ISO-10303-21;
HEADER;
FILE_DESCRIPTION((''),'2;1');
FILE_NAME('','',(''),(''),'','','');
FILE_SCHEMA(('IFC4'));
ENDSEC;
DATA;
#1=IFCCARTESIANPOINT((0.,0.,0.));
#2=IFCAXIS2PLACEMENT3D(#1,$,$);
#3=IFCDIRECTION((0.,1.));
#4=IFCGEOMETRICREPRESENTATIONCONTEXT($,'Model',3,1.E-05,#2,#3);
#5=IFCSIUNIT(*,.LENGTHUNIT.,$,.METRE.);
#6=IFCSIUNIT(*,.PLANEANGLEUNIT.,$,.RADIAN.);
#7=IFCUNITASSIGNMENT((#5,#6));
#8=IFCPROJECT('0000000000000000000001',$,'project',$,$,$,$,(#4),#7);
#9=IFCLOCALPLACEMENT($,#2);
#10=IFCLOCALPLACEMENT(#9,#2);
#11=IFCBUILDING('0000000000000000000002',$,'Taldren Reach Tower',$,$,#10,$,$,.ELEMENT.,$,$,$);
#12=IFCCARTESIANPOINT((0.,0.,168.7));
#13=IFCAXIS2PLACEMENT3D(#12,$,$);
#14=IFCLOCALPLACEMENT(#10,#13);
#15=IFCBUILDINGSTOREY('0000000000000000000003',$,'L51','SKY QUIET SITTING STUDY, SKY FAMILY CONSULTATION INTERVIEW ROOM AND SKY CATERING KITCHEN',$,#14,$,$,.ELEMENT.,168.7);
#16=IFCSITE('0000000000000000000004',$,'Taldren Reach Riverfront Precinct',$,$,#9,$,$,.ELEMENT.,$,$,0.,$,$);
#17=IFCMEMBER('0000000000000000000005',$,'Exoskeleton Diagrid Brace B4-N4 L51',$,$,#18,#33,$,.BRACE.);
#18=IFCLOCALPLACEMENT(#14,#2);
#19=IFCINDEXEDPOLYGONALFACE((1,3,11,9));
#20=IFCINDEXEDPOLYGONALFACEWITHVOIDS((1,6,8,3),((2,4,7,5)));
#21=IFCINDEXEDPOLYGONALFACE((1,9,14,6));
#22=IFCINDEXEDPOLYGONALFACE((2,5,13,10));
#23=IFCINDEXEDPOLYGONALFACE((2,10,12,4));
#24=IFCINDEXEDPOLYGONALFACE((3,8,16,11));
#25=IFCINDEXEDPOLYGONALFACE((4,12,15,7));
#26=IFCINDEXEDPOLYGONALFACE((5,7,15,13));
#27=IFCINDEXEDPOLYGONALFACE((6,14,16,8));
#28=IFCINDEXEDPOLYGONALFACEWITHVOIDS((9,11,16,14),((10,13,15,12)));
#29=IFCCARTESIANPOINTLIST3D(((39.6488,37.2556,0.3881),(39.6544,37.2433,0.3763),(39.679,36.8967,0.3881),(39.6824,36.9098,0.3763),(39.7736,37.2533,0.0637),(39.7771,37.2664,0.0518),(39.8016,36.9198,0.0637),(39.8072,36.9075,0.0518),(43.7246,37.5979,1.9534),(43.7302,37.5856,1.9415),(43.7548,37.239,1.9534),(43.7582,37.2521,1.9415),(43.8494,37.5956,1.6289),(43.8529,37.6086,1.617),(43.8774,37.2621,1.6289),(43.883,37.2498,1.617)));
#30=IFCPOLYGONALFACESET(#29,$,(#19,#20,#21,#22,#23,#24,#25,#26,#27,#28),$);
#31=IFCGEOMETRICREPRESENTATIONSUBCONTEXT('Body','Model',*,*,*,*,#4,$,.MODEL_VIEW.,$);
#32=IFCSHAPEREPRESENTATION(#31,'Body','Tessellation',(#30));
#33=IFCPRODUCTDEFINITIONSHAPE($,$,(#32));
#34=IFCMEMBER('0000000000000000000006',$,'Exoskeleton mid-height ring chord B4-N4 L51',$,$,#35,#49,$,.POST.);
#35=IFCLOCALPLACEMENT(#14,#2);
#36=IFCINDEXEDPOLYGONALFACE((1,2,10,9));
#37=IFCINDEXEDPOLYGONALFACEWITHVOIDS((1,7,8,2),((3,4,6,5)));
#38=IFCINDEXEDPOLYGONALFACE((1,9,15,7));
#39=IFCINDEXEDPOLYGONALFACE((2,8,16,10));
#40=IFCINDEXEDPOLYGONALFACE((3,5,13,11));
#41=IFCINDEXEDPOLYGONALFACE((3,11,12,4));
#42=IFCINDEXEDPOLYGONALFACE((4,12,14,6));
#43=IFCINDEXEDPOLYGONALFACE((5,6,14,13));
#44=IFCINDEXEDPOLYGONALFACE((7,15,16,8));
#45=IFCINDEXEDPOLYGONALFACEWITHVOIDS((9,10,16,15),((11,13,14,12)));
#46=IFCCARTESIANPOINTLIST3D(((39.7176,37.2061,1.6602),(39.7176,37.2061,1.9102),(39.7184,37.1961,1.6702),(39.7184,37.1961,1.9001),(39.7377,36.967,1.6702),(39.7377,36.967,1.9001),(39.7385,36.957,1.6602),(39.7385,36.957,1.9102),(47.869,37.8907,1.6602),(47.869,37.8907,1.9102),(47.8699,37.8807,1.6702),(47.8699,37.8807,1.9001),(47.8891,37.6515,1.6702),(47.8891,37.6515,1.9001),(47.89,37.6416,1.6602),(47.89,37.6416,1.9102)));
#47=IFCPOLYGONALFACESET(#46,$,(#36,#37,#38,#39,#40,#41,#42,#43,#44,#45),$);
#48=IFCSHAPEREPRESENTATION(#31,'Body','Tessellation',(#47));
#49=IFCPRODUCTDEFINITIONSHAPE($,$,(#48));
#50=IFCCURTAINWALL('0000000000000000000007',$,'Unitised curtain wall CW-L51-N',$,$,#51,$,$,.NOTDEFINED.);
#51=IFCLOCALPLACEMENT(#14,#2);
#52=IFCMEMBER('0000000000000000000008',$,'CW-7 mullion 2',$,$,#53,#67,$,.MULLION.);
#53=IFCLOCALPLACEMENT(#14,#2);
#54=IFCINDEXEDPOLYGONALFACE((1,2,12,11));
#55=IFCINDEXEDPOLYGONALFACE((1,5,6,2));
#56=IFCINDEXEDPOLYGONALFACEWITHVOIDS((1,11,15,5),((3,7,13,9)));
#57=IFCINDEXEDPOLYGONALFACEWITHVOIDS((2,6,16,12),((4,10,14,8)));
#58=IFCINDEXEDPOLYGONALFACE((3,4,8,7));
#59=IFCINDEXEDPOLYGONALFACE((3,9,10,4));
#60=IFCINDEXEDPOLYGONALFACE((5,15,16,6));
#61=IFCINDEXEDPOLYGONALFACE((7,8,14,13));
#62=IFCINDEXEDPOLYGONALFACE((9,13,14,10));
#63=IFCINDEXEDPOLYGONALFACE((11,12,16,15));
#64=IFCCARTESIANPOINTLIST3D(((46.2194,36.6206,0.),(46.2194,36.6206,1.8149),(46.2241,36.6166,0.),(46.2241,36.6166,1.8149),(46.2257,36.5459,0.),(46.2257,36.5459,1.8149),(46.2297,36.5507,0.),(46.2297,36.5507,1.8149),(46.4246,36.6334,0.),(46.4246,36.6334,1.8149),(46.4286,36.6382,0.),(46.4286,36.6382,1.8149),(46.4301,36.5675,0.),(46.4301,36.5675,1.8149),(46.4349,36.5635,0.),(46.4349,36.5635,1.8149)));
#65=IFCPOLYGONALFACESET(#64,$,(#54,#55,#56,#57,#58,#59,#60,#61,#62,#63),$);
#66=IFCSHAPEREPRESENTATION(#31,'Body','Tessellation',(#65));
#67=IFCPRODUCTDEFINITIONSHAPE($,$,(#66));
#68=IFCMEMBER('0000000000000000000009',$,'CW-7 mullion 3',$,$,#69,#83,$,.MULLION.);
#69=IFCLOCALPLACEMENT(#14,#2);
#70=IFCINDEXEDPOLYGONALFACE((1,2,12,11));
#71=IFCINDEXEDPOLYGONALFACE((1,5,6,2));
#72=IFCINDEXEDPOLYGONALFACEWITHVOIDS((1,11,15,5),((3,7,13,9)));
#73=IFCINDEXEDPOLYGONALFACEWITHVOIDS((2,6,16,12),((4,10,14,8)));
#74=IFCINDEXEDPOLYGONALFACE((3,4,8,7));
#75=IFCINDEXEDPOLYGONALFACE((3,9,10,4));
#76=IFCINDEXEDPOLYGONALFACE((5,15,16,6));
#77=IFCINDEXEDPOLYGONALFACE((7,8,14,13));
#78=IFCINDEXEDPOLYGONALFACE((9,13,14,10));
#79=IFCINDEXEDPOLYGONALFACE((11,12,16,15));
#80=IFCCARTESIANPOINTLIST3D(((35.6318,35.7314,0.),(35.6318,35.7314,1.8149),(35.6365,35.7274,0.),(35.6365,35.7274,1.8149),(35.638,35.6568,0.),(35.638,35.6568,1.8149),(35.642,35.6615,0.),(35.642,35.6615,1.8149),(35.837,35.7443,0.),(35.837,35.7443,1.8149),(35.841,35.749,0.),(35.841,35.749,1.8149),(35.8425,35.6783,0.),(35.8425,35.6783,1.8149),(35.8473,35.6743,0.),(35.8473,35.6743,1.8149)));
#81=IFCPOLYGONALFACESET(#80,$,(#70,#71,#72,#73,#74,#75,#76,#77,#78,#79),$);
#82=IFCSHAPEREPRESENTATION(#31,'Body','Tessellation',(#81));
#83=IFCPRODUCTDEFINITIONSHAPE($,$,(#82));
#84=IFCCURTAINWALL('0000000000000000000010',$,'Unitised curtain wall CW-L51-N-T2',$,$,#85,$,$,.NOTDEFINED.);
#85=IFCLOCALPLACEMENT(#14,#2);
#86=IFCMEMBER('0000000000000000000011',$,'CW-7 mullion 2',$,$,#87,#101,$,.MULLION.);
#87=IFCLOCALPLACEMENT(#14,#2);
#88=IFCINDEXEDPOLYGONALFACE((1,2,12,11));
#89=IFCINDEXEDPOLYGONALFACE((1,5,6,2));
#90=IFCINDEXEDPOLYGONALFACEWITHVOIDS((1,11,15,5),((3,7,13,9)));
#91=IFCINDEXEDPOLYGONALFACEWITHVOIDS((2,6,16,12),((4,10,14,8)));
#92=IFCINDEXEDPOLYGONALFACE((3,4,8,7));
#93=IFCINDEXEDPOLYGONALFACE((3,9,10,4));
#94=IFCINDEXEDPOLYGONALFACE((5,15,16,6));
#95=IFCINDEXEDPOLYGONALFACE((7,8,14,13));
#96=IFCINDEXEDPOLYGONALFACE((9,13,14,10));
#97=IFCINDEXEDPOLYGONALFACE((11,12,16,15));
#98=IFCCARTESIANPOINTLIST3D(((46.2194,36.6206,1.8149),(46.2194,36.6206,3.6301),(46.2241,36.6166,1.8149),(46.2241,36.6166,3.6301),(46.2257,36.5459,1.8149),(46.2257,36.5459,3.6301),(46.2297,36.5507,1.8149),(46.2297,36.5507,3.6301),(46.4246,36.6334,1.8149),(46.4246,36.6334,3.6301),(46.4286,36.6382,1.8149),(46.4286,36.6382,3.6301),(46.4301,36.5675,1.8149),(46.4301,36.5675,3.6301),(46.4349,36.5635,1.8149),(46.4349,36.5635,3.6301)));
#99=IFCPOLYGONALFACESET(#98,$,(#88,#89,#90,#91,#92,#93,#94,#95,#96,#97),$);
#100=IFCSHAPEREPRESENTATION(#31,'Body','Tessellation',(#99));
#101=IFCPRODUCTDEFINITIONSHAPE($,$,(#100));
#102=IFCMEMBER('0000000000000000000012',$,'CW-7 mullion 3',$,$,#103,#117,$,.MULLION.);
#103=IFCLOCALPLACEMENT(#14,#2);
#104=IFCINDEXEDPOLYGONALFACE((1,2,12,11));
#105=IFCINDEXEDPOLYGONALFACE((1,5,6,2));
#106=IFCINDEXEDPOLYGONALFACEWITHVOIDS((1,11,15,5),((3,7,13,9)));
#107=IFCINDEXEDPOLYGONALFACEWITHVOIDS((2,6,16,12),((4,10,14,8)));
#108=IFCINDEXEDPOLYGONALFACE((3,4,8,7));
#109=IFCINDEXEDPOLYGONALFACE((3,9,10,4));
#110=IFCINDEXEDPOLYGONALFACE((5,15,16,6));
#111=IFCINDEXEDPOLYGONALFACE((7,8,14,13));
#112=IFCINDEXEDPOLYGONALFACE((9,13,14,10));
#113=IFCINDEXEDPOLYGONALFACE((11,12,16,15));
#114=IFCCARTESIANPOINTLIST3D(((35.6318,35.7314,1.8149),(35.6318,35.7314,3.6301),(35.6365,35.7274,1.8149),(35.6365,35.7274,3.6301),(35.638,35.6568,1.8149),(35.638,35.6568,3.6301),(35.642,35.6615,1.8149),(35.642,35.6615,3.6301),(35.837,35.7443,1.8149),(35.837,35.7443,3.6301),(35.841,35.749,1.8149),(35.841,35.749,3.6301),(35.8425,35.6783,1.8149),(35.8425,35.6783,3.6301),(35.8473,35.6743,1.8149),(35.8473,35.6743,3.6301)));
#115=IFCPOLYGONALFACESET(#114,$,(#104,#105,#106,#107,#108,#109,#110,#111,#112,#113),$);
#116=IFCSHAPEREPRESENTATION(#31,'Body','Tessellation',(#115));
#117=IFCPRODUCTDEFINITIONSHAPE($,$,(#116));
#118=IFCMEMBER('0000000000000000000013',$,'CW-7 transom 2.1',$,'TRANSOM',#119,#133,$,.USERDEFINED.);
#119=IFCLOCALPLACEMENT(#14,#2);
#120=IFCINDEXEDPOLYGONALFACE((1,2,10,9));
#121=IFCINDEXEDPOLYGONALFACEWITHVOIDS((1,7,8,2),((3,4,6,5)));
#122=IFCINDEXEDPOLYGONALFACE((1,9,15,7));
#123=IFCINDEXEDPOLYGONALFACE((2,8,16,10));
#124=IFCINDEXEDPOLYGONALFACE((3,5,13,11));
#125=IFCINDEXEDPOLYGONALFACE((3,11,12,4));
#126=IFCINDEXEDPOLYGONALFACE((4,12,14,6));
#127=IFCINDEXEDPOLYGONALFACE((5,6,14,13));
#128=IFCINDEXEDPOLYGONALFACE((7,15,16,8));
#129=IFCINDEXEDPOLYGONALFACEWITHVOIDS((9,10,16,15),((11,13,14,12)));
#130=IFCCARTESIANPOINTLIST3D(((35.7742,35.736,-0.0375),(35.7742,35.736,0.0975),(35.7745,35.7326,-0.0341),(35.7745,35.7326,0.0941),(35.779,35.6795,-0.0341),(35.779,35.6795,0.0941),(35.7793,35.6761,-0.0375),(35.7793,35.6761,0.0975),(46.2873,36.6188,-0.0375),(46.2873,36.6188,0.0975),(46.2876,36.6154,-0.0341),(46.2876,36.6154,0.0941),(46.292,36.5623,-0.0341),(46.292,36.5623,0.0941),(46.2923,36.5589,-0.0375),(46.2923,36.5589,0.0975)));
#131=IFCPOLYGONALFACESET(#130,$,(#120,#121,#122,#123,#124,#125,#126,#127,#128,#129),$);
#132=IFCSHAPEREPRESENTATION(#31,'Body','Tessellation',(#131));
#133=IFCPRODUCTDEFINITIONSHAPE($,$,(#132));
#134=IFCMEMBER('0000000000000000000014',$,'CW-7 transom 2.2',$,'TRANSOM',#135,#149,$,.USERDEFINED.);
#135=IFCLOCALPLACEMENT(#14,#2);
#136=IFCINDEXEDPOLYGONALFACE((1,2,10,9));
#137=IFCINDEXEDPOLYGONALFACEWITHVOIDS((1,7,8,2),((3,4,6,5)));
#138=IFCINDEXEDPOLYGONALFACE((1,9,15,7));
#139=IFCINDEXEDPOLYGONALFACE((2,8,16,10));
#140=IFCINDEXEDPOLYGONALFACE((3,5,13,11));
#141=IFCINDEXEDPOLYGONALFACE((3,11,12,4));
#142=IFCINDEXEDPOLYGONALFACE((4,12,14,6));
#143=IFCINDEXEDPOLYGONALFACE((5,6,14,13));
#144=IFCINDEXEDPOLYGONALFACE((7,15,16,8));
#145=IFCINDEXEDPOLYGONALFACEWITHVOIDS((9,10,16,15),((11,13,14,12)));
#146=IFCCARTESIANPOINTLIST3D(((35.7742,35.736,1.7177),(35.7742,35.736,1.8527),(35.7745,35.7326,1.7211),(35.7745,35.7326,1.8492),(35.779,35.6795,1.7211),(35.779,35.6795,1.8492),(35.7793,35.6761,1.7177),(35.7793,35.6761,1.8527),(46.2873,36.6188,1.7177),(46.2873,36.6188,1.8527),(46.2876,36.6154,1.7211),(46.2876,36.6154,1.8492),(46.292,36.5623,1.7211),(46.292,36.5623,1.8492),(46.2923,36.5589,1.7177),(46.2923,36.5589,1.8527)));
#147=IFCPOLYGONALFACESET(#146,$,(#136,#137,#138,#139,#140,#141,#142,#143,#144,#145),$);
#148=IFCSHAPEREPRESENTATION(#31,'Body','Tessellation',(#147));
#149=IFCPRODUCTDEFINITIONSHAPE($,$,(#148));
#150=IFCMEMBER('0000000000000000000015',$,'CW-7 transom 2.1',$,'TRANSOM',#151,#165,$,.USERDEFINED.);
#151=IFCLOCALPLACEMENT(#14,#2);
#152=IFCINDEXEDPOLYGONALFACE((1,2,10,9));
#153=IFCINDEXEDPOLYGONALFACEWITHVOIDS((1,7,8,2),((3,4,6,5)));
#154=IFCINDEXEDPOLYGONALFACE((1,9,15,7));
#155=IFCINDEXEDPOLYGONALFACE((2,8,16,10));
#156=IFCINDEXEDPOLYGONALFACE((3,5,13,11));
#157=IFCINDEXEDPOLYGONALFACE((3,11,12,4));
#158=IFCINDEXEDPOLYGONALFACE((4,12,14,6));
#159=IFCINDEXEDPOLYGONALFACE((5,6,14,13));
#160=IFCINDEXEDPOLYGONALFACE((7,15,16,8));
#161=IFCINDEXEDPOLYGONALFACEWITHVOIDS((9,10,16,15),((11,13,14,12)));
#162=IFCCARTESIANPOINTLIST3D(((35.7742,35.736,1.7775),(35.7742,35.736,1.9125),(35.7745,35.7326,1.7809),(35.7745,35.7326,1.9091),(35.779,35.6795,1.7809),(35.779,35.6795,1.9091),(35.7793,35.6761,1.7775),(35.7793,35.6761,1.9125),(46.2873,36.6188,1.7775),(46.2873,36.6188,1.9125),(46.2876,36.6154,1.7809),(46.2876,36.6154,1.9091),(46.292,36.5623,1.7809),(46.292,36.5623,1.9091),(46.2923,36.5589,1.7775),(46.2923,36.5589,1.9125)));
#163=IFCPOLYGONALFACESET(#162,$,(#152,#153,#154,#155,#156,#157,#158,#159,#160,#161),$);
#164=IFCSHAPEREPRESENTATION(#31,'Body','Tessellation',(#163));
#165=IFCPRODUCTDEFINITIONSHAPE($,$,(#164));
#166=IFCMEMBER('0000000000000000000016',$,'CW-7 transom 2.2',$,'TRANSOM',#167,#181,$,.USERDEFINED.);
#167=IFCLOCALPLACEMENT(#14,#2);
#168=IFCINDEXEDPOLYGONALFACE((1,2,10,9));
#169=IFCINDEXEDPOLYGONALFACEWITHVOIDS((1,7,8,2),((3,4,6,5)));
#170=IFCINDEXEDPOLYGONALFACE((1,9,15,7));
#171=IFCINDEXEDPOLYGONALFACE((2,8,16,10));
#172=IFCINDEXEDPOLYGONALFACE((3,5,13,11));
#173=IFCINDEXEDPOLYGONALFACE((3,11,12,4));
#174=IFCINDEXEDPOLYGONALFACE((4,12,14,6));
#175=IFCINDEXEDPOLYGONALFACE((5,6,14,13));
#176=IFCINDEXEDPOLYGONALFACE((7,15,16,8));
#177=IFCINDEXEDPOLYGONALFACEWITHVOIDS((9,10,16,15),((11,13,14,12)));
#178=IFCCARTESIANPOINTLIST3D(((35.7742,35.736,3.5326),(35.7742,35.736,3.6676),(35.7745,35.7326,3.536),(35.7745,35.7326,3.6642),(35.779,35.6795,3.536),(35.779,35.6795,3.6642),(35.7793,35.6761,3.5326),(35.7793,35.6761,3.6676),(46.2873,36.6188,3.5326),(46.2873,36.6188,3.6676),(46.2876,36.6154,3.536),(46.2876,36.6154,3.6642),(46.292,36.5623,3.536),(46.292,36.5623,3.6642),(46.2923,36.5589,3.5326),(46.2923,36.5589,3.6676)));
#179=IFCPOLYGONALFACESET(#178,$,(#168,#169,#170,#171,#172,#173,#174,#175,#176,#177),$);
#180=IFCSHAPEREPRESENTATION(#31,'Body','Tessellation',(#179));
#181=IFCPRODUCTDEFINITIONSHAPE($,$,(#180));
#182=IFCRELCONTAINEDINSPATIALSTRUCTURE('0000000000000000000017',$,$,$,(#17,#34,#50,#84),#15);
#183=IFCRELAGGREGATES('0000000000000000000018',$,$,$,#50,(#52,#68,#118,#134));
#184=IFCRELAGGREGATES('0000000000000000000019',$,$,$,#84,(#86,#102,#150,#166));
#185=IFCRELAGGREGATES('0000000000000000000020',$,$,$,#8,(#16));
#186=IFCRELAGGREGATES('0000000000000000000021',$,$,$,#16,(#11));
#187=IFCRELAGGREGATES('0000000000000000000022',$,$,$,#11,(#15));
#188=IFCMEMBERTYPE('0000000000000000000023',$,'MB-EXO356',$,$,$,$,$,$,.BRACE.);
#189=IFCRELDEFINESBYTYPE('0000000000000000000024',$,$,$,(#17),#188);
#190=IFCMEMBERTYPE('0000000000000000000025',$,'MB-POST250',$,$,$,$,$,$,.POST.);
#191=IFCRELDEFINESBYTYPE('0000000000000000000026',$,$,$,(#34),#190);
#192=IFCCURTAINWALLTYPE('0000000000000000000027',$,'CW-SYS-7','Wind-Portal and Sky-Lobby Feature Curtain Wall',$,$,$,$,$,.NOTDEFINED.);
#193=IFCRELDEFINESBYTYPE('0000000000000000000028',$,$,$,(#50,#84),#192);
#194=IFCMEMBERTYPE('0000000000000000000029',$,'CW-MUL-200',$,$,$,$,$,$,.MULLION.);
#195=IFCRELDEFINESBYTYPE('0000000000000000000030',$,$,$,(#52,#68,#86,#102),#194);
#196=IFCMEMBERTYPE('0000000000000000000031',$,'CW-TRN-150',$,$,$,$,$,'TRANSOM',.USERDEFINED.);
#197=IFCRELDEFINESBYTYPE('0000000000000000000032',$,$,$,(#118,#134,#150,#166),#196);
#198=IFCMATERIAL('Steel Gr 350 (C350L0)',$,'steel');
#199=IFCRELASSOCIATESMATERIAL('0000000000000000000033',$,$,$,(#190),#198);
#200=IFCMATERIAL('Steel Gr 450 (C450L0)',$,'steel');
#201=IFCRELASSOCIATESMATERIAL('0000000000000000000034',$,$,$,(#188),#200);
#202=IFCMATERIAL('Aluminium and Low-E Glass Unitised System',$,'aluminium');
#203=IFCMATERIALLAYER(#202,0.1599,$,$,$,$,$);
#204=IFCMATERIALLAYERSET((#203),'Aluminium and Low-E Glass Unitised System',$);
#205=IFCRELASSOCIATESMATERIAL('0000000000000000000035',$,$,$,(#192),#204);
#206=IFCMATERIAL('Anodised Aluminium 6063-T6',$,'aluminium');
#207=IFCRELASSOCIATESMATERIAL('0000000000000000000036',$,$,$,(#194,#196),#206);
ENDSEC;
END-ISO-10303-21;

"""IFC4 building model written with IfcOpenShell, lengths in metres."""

from ifc_helpers import new_model, si_unit, direction, frame, origin, origin_2d, place, context, subcontext, project, spatial, hollow_rectangle, extrude, source, transform, mapped, material, layer, layer_set, material_profile, profile_set, type_object, element, aggregate, save


model = new_model("IFC4")

# Units and contexts
model_context = context("Model", 3, precision=1e-05, world=origin(), true_north=direction((0.0, 1.0)))
body_context = subcontext(model_context, "Body", "Model", "MODEL_VIEW")
ifc_project = project(units=[si_unit("LENGTHUNIT", "METRE"), si_unit("PLANEANGLEUNIT", "RADIAN")], contexts=[model_context])

# Site, building, storey
site_placement = place(None, origin())
site = spatial("IfcSite", under=ifc_project, at=site_placement, Name="Taldren Reach Riverfront Precinct", CompositionType="ELEMENT", RefElevation=0.0)
building_placement = place(site_placement, origin())
building = spatial("IfcBuilding", under=site, at=building_placement, Name="Taldren Reach Tower", CompositionType="ELEMENT")
storey_placement = place(building_placement, frame((0.0, 0.0, 168.7)))
storey = spatial("IfcBuildingStorey", under=building, at=storey_placement, Name="L51", Description="SKY QUIET SITTING STUDY, SKY FAMILY CONSULTATION INTERVIEW ROOM AND SKY CATERING KITCHEN", CompositionType="ELEMENT", Elevation=168.7)

# Shared definitions
ifc_material_1 = material(Name="Steel Gr 350 (C350L0)", Category="steel")
ifc_material_profile_1 = material_profile(ifc_material_1, hollow_rectangle(XDim=0.25, YDim=0.25, WallThickness=0.01, at=origin_2d()), Name="250x250x10.0SHS")
ifc_profile_set_1 = profile_set([ifc_material_profile_1], Name="Steel Gr 350 (C350L0)")
member_type_1 = type_object("IfcMemberType", Name="MB-POST250", PredefinedType="POST", material=ifc_profile_set_1)

# Members
ifc_material_2 = material(Name="Steel Gr 450 (C450L0)", Category="steel")
ifc_material_profile_2 = material_profile(ifc_material_2, hollow_rectangle(XDim=0.3601, YDim=0.3601, WallThickness=0.0127, at=origin_2d()), Name="360x360x12.7SHS")
ifc_profile_set_2 = profile_set([ifc_material_profile_2], Name="Steel Gr 450 (C450L0)")
member_type_2 = type_object("IfcMemberType", Name="MB-EXO356", PredefinedType="BRACE", material=ifc_profile_set_2)
shared_shape_1 = source(origin(), body_context, "Body", "SweptSolid", [
    extrude(hollow_rectangle(XDim=0.3601, YDim=0.3601, WallThickness=0.0127, at=origin_2d()), origin(), (0.0, 0.0, 1.0), 4.3794),
])
for number, where, z_axis, x_axis, name in (
    (1, (39.728, 37.0815, 0.22), (0.930673, 0.07816, 0.357406), (-0.083688, 0.996492, 0.0), "Exoskeleton Diagrid Brace B4-N4 L51"),
):
    element("IfcMember", number, at=place(storey_placement, frame(where, z_axis=z_axis, x_axis=x_axis)), inside=storey, type_object=member_type_2, Name=name, PredefinedType="BRACE", context=body_context, shape_type="MappedRepresentation", body=[
        mapped(shared_shape_1, transform((0.0, 0.0, 0.0), scale=1.0)),
    ])
shared_shape_2 = source(origin(), body_context, "Body", "SweptSolid", [
    extrude(hollow_rectangle(XDim=0.25, YDim=0.25, WallThickness=0.01, at=origin_2d()), origin(), (0.0, 0.0, 1.0), 8.1802),
])
member_1_placement = place(storey_placement, frame((39.728, 37.0815, 1.7852), z_axis=(0.996492, 0.083688, 0.0), x_axis=(-0.083688, 0.996492, 0.0)))
element("IfcMember", 2, at=member_1_placement, inside=storey, type_object=member_type_1, Name="Exoskeleton mid-height ring chord B4-N4 L51", PredefinedType="POST", context=body_context, shape_type="MappedRepresentation", body=[
    mapped(shared_shape_2, transform((0.0, 0.0, 0.0), scale=1.0)),
])

# Curtain walls, members
ifc_material_3 = material(Name="Aluminium and Low-E Glass Unitised System", Category="aluminium")
ifc_layer_1 = layer(ifc_material_3, 0.1599)
ifc_layer_set_1 = layer_set([ifc_layer_1], Name="Aluminium and Low-E Glass Unitised System")
curtain_wall_type = type_object("IfcCurtainWallType", Name="CW-SYS-7", Description="Wind-Portal and Sky-Lobby Feature Curtain Wall", PredefinedType="NOTDEFINED", material=ifc_layer_set_1)
curtain_wall_1_placement = place(storey_placement, origin())
curtain_wall_1 = element("IfcCurtainWall", 3, at=curtain_wall_1_placement, inside=storey, type_object=curtain_wall_type, Name="Unitised curtain wall CW-L51-N", PredefinedType="NOTDEFINED")
ifc_material_4 = material(Name="Anodised Aluminium 6063-T6", Category="aluminium")
ifc_material_profile_3 = material_profile(ifc_material_4, hollow_rectangle(XDim=0.075, YDim=0.21, WallThickness=0.0044, at=origin_2d()), Name="ALU-210x75x4.5RHS")
ifc_profile_set_3 = profile_set([ifc_material_profile_3], Name="Anodised Aluminium 6063-T6")
member_type_3 = type_object("IfcMemberType", Name="CW-MUL-200", PredefinedType="MULLION", material=ifc_profile_set_3)
shared_shape_3 = source(origin(), body_context, "Body", "SweptSolid", [
    extrude(hollow_rectangle(XDim=0.075, YDim=0.21, WallThickness=0.0044, at=origin_2d()), origin(), (0.0, 0.0, 1.0), 1.8149),
])
member_2_placement = place(storey_placement, frame((46.3271, 36.592, 0.0), z_axis=(0.0, 0.0, 1.0), x_axis=(0.083678, -0.996493, 0.0)))
member_2 = element("IfcMember", 4, at=member_2_placement, type_object=member_type_3, Name="CW-7 mullion 2", PredefinedType="MULLION", context=body_context, shape_type="MappedRepresentation", body=[
    mapped(shared_shape_3, transform((0.0, 0.0, 0.0), scale=1.0)),
])
member_3_placement = place(storey_placement, frame((35.7395, 35.7029, 0.0), z_axis=(0.0, 0.0, 1.0), x_axis=(0.083678, -0.996493, 0.0)))
member_3 = element("IfcMember", 5, at=member_3_placement, type_object=member_type_3, Name="CW-7 mullion 3", PredefinedType="MULLION", context=body_context, shape_type="MappedRepresentation", body=[
    mapped(shared_shape_3, transform((0.0, 0.0, 0.0), scale=1.0)),
])
curtain_wall_2_placement = place(storey_placement, origin())
curtain_wall_2 = element("IfcCurtainWall", 6, at=curtain_wall_2_placement, inside=storey, type_object=curtain_wall_type, Name="Unitised curtain wall CW-L51-N-T2", PredefinedType="NOTDEFINED")
shared_shape_4 = source(origin(), body_context, "Body", "SweptSolid", [
    extrude(hollow_rectangle(XDim=0.075, YDim=0.21, WallThickness=0.0044, at=origin_2d()), origin(), (0.0, 0.0, 1.0), 1.8152),
])
member_4_placement = place(storey_placement, frame((46.3271, 36.592, 1.8149), z_axis=(0.0, 0.0, 1.0), x_axis=(0.083678, -0.996493, 0.0)))
member_4 = element("IfcMember", 7, at=member_4_placement, type_object=member_type_3, Name="CW-7 mullion 2", PredefinedType="MULLION", context=body_context, shape_type="MappedRepresentation", body=[
    mapped(shared_shape_4, transform((0.0, 0.0, 0.0), scale=1.0)),
])
member_5_placement = place(storey_placement, frame((35.7395, 35.7029, 1.8149), z_axis=(0.0, 0.0, 1.0), x_axis=(0.083678, -0.996493, 0.0)))
member_5 = element("IfcMember", 8, at=member_5_placement, type_object=member_type_3, Name="CW-7 mullion 3", PredefinedType="MULLION", context=body_context, shape_type="MappedRepresentation", body=[
    mapped(shared_shape_4, transform((0.0, 0.0, 0.0), scale=1.0)),
])

# Members
ifc_material_profile_4 = material_profile(ifc_material_4, hollow_rectangle(XDim=0.0601, YDim=0.135, WallThickness=0.0034, at=origin_2d()), Name="ALU-135x60x3.5RHS")
ifc_profile_set_4 = profile_set([ifc_material_profile_4], Name="Anodised Aluminium 6063-T6")
member_type_4 = type_object("IfcMemberType", Name="CW-TRN-150", ElementType="TRANSOM", PredefinedType="USERDEFINED", material=ifc_profile_set_4)
shared_shape_5 = source(origin(), body_context, "Body", "SweptSolid", [
    extrude(hollow_rectangle(XDim=0.0601, YDim=0.135, WallThickness=0.0034, at=origin_2d()), origin(), (0.0, 0.0, 1.0), 10.55),
])
member_6_placement = place(storey_placement, frame((46.2898, 36.5889, 0.03), z_axis=(-0.996493, -0.083679, 0.0), x_axis=(0.083679, -0.996493, 0.0)))
member_6 = element("IfcMember", 9, at=member_6_placement, type_object=member_type_4, Name="CW-7 transom 2.1", ObjectType="TRANSOM", PredefinedType="USERDEFINED", context=body_context, shape_type="MappedRepresentation", body=[
    mapped(shared_shape_5, transform((0.0, 0.0, 0.0), scale=1.0)),
])
member_7_placement = place(storey_placement, frame((46.2898, 36.5889, 1.7852), z_axis=(-0.996493, -0.083679, 0.0), x_axis=(0.083679, -0.996493, 0.0)))
member_7 = element("IfcMember", 10, at=member_7_placement, type_object=member_type_4, Name="CW-7 transom 2.2", ObjectType="TRANSOM", PredefinedType="USERDEFINED", context=body_context, shape_type="MappedRepresentation", body=[
    mapped(shared_shape_5, transform((0.0, 0.0, 0.0), scale=1.0)),
])
member_8_placement = place(storey_placement, frame((46.2898, 36.5889, 1.845), z_axis=(-0.996493, -0.083679, 0.0), x_axis=(0.083679, -0.996493, 0.0)))
member_8 = element("IfcMember", 11, at=member_8_placement, type_object=member_type_4, Name="CW-7 transom 2.1", ObjectType="TRANSOM", PredefinedType="USERDEFINED", context=body_context, shape_type="MappedRepresentation", body=[
    mapped(shared_shape_5, transform((0.0, 0.0, 0.0), scale=1.0)),
])
member_9_placement = place(storey_placement, frame((46.2898, 36.5889, 3.6001), z_axis=(-0.996493, -0.083679, 0.0), x_axis=(0.083679, -0.996493, 0.0)))
member_9 = element("IfcMember", 12, at=member_9_placement, type_object=member_type_4, Name="CW-7 transom 2.2", ObjectType="TRANSOM", PredefinedType="USERDEFINED", context=body_context, shape_type="MappedRepresentation", body=[
    mapped(shared_shape_5, transform((0.0, 0.0, 0.0), scale=1.0)),
])

aggregate(curtain_wall_1, [member_2, member_3, member_6, member_7])
aggregate(curtain_wall_2, [member_4, member_5, member_8, member_9])

save(model, "model.ifc")
